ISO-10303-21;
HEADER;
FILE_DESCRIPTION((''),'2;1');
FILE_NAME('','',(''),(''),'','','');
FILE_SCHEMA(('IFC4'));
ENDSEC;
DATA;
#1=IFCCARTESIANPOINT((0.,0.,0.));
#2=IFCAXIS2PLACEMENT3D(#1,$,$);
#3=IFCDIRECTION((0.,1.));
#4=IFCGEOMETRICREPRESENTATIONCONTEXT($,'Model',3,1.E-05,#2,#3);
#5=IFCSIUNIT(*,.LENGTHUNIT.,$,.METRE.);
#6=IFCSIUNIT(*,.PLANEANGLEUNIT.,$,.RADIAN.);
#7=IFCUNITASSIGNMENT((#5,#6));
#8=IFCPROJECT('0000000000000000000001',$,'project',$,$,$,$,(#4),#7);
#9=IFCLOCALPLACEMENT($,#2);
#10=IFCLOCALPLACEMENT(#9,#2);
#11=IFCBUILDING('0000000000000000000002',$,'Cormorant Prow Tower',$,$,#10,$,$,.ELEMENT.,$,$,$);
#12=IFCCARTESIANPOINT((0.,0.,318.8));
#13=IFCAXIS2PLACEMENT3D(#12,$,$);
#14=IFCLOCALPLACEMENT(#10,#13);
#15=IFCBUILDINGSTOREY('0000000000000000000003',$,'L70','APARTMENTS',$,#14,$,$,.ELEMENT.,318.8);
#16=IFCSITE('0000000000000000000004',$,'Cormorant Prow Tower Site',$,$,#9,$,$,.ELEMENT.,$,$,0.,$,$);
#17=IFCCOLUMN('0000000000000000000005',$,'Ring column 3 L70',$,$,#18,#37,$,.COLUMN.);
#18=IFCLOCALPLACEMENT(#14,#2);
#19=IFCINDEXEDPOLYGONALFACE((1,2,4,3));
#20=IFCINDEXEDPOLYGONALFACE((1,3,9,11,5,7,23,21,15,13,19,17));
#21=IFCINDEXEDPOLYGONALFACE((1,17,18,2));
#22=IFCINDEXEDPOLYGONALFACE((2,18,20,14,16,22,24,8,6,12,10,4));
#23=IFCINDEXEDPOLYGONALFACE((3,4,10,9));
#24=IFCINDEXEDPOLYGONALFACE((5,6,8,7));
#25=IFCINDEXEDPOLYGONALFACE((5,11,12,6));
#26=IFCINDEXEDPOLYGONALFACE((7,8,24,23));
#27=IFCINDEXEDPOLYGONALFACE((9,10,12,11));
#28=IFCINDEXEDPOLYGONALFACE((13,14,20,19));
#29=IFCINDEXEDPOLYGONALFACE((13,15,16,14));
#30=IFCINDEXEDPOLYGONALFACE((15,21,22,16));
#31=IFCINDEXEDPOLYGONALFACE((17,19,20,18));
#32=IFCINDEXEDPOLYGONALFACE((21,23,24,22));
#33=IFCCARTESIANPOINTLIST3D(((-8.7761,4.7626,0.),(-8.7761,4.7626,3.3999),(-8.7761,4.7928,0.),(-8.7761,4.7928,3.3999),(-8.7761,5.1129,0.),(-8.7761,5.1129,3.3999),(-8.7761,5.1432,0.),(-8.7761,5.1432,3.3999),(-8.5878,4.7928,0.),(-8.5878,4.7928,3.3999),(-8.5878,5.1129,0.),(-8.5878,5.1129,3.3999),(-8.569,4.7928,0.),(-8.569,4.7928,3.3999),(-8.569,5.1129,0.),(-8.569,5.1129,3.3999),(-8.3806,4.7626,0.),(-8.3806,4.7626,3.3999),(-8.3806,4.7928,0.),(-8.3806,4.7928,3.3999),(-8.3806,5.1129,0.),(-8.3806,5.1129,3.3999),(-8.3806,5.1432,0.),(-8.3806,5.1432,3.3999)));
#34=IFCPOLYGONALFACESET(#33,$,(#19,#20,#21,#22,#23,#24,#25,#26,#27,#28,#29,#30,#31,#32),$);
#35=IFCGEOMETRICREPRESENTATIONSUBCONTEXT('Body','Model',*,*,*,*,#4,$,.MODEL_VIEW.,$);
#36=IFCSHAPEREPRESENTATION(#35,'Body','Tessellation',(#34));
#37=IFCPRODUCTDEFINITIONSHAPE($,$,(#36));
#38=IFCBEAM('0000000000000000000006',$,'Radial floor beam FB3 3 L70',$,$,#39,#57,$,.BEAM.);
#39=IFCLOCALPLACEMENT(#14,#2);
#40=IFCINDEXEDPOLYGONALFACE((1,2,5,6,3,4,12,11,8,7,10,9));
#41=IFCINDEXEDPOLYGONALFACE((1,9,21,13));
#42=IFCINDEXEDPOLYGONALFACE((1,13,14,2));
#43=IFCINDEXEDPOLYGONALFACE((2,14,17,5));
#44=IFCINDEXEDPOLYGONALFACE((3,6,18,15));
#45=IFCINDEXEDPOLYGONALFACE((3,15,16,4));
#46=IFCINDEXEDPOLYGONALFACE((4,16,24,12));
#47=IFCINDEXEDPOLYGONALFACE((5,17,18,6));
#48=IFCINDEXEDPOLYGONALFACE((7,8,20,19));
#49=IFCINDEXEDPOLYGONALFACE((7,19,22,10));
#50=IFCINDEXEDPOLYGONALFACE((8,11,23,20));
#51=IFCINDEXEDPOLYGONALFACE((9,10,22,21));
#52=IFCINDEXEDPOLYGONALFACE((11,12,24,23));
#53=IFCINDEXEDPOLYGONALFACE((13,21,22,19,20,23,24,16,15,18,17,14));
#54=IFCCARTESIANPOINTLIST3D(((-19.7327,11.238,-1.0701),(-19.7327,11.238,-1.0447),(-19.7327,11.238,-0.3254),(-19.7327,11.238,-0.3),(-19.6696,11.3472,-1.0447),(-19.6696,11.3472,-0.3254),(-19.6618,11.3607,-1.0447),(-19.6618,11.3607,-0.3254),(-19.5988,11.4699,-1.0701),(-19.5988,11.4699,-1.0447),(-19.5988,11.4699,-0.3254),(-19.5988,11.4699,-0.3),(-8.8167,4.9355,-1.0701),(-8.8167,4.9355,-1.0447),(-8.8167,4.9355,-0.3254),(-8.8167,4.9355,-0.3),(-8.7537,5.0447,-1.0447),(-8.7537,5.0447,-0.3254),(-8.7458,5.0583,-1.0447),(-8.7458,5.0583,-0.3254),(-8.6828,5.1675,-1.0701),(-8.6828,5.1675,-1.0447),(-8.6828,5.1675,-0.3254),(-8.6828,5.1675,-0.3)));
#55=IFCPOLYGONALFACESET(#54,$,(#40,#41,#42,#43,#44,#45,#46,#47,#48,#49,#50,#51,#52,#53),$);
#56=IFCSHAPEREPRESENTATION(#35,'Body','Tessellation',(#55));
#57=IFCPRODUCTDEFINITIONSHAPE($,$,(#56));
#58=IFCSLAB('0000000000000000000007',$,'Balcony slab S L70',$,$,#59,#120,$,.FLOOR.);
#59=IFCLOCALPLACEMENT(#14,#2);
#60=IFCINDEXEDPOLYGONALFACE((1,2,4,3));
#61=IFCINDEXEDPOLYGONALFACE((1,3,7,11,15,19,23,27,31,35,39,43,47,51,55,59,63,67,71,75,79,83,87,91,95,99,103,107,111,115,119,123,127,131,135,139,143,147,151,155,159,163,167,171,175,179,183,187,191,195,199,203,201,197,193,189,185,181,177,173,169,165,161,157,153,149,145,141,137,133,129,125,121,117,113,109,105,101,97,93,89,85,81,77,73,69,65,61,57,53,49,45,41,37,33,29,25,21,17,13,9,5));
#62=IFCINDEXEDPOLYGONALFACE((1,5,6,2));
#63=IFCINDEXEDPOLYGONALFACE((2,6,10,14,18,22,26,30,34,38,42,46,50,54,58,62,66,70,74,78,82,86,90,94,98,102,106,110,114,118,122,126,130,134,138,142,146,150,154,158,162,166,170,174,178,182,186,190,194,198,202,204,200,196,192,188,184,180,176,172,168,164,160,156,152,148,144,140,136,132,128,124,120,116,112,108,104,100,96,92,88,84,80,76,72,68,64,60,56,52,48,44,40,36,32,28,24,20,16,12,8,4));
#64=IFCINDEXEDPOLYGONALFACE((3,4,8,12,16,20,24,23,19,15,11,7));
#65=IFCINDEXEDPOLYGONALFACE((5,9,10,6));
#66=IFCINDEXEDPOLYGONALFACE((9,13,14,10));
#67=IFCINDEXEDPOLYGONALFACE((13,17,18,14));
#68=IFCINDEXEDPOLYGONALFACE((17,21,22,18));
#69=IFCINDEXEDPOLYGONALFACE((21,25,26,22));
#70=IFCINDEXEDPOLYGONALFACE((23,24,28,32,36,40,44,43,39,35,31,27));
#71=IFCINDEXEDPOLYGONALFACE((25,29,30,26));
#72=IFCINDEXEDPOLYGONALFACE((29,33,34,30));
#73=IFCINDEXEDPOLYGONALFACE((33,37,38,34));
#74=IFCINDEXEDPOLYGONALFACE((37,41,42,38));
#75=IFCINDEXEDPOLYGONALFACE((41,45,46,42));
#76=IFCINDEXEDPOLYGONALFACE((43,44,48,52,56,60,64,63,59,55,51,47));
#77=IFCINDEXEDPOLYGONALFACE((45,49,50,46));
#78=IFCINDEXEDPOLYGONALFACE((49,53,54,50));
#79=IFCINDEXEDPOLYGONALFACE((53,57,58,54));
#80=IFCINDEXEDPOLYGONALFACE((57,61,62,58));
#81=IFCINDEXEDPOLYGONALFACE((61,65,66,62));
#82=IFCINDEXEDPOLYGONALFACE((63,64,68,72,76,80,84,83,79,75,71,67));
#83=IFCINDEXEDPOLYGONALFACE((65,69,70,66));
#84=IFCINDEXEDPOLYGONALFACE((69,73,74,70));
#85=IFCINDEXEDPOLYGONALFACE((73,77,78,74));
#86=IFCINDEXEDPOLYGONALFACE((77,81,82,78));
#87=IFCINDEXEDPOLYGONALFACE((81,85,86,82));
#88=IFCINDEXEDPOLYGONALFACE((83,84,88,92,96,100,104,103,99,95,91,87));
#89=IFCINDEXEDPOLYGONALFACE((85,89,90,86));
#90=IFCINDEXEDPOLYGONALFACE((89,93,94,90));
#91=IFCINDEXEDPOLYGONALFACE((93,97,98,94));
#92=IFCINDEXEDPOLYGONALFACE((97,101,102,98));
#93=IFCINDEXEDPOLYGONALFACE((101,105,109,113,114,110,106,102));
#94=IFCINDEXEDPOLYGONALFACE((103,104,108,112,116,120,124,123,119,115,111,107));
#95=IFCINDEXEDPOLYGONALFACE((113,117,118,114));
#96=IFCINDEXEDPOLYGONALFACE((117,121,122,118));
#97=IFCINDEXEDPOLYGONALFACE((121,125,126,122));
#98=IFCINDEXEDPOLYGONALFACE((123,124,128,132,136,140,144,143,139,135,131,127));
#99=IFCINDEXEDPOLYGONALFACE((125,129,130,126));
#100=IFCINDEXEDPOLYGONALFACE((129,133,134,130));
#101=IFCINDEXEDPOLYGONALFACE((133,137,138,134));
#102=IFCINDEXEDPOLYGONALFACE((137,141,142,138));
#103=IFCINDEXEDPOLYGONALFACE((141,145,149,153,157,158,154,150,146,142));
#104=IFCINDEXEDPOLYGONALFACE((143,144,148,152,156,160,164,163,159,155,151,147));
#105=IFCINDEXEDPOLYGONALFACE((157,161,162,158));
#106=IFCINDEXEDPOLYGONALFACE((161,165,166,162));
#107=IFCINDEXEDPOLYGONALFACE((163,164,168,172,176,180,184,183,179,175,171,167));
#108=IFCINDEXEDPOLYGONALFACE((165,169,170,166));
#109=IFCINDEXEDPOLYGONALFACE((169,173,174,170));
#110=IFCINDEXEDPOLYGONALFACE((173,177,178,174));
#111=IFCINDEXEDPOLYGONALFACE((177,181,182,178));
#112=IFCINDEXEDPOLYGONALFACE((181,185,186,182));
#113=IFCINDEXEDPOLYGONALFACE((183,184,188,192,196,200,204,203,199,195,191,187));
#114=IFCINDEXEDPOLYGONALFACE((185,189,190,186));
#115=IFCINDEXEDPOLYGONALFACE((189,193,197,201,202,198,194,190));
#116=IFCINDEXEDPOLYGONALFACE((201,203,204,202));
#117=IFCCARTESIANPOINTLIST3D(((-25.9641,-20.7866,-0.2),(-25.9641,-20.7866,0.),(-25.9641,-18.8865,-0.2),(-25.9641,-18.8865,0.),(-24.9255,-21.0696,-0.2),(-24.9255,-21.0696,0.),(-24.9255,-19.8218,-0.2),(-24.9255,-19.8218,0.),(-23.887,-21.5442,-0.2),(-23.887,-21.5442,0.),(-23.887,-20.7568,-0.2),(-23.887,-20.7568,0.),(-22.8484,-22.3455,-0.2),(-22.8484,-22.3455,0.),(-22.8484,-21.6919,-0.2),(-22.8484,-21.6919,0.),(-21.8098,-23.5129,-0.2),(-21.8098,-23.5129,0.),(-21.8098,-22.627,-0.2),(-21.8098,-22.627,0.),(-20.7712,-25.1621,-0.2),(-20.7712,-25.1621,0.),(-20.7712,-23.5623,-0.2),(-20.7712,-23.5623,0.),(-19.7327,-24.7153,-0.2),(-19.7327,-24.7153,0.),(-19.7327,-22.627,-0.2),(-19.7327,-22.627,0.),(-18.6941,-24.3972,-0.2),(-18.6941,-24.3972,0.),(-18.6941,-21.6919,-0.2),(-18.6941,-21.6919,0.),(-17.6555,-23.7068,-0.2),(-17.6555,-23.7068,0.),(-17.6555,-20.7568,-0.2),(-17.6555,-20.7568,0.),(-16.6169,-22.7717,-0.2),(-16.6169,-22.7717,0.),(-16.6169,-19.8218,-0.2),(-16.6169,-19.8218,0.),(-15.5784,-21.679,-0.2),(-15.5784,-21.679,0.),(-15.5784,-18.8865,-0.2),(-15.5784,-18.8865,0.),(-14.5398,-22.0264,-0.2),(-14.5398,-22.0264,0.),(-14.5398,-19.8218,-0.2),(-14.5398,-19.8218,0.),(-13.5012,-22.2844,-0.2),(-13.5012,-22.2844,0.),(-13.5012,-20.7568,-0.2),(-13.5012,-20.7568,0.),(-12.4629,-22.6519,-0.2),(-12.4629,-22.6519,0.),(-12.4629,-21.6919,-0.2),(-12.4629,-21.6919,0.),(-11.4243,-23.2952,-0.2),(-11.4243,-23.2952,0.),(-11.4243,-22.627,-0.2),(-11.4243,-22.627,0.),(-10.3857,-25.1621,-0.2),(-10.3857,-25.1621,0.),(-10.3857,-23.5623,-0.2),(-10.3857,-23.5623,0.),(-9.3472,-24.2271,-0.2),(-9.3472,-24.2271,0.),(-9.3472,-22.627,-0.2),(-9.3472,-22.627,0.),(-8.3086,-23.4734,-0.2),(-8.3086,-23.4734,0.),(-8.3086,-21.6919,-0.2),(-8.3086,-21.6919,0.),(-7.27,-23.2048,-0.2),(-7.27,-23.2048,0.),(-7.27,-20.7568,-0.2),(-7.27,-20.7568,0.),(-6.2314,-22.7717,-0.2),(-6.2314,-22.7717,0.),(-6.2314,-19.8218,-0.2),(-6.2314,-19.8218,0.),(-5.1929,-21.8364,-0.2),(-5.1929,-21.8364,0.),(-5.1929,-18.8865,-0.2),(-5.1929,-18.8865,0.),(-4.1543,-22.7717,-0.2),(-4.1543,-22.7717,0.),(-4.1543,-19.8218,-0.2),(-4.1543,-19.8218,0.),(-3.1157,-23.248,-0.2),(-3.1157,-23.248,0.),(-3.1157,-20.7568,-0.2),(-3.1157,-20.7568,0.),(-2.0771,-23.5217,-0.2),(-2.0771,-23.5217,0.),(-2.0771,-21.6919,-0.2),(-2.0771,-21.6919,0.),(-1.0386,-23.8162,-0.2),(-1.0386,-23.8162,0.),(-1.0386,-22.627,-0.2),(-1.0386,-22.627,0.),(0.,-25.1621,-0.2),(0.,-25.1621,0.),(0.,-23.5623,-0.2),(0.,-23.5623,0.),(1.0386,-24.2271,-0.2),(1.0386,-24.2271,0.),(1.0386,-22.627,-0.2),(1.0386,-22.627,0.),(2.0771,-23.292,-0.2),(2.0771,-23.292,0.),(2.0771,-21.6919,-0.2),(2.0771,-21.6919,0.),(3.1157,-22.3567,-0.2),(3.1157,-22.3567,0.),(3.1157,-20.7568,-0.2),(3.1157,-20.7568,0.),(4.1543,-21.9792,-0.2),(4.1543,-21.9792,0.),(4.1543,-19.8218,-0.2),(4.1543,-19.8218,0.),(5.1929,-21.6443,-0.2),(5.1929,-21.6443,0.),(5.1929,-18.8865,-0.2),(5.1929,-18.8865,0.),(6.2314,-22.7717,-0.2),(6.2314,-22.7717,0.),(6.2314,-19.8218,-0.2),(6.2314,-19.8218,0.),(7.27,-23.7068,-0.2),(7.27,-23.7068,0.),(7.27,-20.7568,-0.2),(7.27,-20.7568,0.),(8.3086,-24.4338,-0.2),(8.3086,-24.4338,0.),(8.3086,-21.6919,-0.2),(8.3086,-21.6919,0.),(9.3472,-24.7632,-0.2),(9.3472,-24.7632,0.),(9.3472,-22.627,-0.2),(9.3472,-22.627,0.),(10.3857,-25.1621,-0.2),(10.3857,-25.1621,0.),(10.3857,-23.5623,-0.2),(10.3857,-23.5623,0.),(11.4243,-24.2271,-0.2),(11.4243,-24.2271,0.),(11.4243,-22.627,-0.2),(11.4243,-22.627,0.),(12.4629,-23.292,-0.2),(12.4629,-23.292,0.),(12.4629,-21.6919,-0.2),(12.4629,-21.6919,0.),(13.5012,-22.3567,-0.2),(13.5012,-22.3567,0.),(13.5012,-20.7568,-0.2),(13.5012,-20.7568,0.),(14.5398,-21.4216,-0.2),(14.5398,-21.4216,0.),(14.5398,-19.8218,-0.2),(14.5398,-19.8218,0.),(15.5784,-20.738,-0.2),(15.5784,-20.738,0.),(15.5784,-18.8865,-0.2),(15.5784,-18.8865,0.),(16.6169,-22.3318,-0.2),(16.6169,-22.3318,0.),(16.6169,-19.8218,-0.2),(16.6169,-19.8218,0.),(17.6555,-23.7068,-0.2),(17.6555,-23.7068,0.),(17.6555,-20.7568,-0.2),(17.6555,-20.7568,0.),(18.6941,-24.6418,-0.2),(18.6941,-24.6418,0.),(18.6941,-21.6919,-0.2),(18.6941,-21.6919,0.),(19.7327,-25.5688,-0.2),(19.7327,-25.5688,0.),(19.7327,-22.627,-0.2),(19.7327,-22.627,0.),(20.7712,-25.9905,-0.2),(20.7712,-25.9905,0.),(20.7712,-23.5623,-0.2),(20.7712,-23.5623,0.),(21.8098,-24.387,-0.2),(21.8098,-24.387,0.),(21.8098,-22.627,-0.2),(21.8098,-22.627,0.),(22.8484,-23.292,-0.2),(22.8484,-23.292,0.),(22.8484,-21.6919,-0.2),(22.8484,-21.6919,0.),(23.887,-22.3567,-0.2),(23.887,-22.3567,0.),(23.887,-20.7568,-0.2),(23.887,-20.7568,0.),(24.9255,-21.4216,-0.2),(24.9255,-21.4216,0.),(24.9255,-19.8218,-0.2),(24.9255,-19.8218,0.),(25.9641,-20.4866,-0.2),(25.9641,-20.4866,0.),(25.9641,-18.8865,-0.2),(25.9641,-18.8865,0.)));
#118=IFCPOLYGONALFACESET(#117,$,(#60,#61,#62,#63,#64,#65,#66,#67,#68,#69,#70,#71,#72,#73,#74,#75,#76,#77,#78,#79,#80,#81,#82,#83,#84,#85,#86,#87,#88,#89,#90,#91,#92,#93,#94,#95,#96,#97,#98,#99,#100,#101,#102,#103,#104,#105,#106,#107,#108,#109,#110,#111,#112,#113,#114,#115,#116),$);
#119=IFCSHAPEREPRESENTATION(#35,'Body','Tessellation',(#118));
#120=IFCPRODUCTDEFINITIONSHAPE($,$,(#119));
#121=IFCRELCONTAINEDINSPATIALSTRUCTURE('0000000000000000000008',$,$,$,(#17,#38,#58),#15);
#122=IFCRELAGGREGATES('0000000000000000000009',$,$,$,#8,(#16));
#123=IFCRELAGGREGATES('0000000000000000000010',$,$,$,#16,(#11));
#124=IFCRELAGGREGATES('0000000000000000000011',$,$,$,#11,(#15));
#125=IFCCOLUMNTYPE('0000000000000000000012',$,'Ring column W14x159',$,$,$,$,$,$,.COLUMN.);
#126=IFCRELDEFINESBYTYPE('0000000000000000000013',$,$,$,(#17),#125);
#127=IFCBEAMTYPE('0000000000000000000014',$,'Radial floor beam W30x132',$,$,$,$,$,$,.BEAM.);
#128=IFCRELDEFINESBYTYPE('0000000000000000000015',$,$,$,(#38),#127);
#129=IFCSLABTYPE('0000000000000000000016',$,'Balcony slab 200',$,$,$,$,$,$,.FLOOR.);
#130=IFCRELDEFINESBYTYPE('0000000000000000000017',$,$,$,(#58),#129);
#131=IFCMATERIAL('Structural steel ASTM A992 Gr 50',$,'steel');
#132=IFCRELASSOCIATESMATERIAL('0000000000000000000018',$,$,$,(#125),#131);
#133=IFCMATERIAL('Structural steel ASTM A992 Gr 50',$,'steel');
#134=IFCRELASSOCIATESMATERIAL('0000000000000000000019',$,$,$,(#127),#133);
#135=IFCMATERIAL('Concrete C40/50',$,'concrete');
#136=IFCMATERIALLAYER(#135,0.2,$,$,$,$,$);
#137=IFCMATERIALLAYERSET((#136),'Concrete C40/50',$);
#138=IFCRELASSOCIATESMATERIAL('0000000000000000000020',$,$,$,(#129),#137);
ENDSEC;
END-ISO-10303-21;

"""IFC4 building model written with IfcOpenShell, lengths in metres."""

from ifc_helpers import new_model, si_unit, direction, frame, origin, origin_2d, place, context, subcontext, project, spatial, polyline, i_section, outline, extrude, material, layer, layer_set, material_profile, profile_set, type_object, element, save


model = new_model("IFC4")

# Units and contexts
model_context = context("Model", 3, precision=1e-05, world=origin(), true_north=direction((0.0, 1.0)))
body_context = subcontext(model_context, "Body", "Model", "MODEL_VIEW")
ifc_project = project(units=[si_unit("LENGTHUNIT", "METRE"), si_unit("PLANEANGLEUNIT", "RADIAN")], contexts=[model_context])

# Site, building, storey
site_placement = place(None, origin())
site = spatial("IfcSite", under=ifc_project, at=site_placement, Name="Cormorant Prow Tower Site", CompositionType="ELEMENT", RefElevation=0.0)
building_placement = place(site_placement, origin())
building = spatial("IfcBuilding", under=site, at=building_placement, Name="Cormorant Prow Tower", CompositionType="ELEMENT")
storey_placement = place(building_placement, frame((0.0, 0.0, 318.8)))
storey = spatial("IfcBuildingStorey", under=building, at=storey_placement, Name="L70", Description="APARTMENTS", CompositionType="ELEMENT", Elevation=318.8)

# Column
ifc_material_1 = material(Name="Structural steel ASTM A992 Gr 50", Category="steel")
ifc_material_profile_1 = material_profile(ifc_material_1, i_section(OverallWidth=0.3955, OverallDepth=0.3806, WebThickness=0.0188, FlangeThickness=0.0303, at=origin_2d()), Name="W14x159")
ifc_profile_set_1 = profile_set([ifc_material_profile_1], Name="Structural steel ASTM A992 Gr 50")
column_type = type_object("IfcColumnType", Name="Ring column W14x159", PredefinedType="COLUMN", material=ifc_profile_set_1)
column_placement = place(storey_placement, frame((-8.5784, 4.9529, 0.0), z_axis=(0.0, 0.0, 1.0), x_axis=(1.0, 0.0, 0.0)))
element("IfcColumn", 1, at=column_placement, inside=storey, type_object=column_type, Name="Ring column 3 L70", PredefinedType="COLUMN", context=body_context, shape_type="SweptSolid", body=[
    extrude(i_section(OverallWidth=0.3955, OverallDepth=0.3806, WebThickness=0.0188, FlangeThickness=0.0303, at=origin_2d()), origin(), (0.0, 0.0, 1.0), 3.3999),
])

# Beam
ifc_material_2 = material(Name="Structural steel ASTM A992 Gr 50", Category="steel")
ifc_material_profile_2 = material_profile(ifc_material_2, i_section(OverallWidth=0.2678, OverallDepth=0.77, WebThickness=0.0156, FlangeThickness=0.0254, at=origin_2d()), Name="W30x132")
ifc_profile_set_2 = profile_set([ifc_material_profile_2], Name="Structural steel ASTM A992 Gr 50")
beam_type = type_object("IfcBeamType", Name="Radial floor beam W30x132", PredefinedType="BEAM", material=ifc_profile_set_2)
beam_placement = place(storey_placement, frame((-8.7498, 5.0515, -0.6851), z_axis=(-0.866021, 0.500007, 0.0), x_axis=(-0.500007, -0.866021, 0.0)))
element("IfcBeam", 2, at=beam_placement, inside=storey, type_object=beam_type, Name="Radial floor beam FB3 3 L70", PredefinedType="BEAM", context=body_context, shape_type="SweptSolid", body=[
    extrude(i_section(OverallWidth=0.2678, OverallDepth=0.77, WebThickness=0.0156, FlangeThickness=0.0254, at=origin_2d()), origin(), (0.0, 0.0, 1.0), 12.6047),
])

# Slab
ifc_material_3 = material(Name="Concrete C40/50", Category="concrete")
ifc_layer_1 = layer(ifc_material_3, 0.2)
ifc_layer_set_1 = layer_set([ifc_layer_1], Name="Concrete C40/50")
slab_type_1 = type_object("IfcSlabType", Name="Balcony slab 200", PredefinedType="FLOOR", material=ifc_layer_set_1)
slab_1_placement = place(storey_placement, frame((0.0, 0.0, -0.2)))
element("IfcSlab", 3, at=slab_1_placement, inside=storey, type_object=slab_type_1, Name="Balcony slab S L70", PredefinedType="FLOOR", context=body_context, shape_type="SweptSolid", body=[
    extrude(outline(polyline([(-25.9641, -18.8865), (-25.9641, -20.7866), (-24.9255, -21.0696), (-23.887, -21.5442), (-22.8484, -22.3455), (-21.8098, -23.5129), (-20.7712, -25.1621), (-19.7327, -24.7153), (-18.6941, -24.3972), (-17.6555, -23.7068), (-16.6169, -22.7717), (-15.5784, -21.679), (-14.5398, -22.0264), (-13.5012, -22.2844), (-12.4629, -22.6519), (-11.4243, -23.2952), (-10.3857, -25.1621), (-9.3472, -24.2271), (-8.3086, -23.4734), (-7.27, -23.2048), (-6.2314, -22.7717), (-5.1929, -21.8364), (-4.1543, -22.7717), (-3.1157, -23.248), (-2.0771, -23.5217), (-1.0386, -23.8162), (0.0, -25.1621), (1.0386, -24.2271), (2.0771, -23.292), (3.1157, -22.3567), (4.1543, -21.9792), (5.1929, -21.6443), (6.2314, -22.7717), (7.27, -23.7068), (8.3086, -24.4338), (9.3472, -24.7632), (10.3857, -25.1621), (11.4243, -24.2271), (12.4629, -23.292), (13.5012, -22.3567), (14.5398, -21.4216), (15.5784, -20.738), (16.6169, -22.3318), (17.6555, -23.7068), (18.6941, -24.6418), (19.7327, -25.5688), (20.7712, -25.9905), (21.8098, -24.387), (22.8484, -23.292), (23.887, -22.3567), (24.9255, -21.4216), (25.9641, -20.4866), (25.9641, -18.8865), (24.9255, -19.8218), (23.887, -20.7568), (22.8484, -21.6919), (21.8098, -22.627), (20.7712, -23.5623), (19.7327, -22.627), (18.6941, -21.6919), (17.6555, -20.7568), (16.6169, -19.8218), (15.5784, -18.8865), (14.5398, -19.8218), (13.5012, -20.7568), (12.4629, -21.6919), (11.4243, -22.627), (10.3857, -23.5623), (9.3472, -22.627), (8.3086, -21.6919), (7.27, -20.7568), (6.2314, -19.8218), (5.1929, -18.8865), (4.1543, -19.8218), (3.1157, -20.7568), (2.0771, -21.6919), (1.0386, -22.627), (0.0, -23.5623), (-1.0386, -22.627), (-2.0771, -21.6919), (-3.1157, -20.7568), (-4.1543, -19.8218), (-5.1929, -18.8865), (-6.2314, -19.8218), (-7.27, -20.7568), (-8.3086, -21.6919), (-9.3472, -22.627), (-10.3857, -23.5623), (-11.4243, -22.627), (-12.4629, -21.6919), (-13.5012, -20.7568), (-14.5398, -19.8218), (-15.5784, -18.8865), (-16.6169, -19.8218), (-17.6555, -20.7568), (-18.6941, -21.6919), (-19.7327, -22.627), (-20.7712, -23.5623), (-21.8098, -22.627), (-22.8484, -21.6919), (-23.887, -20.7568), (-24.9255, -19.8218), (-25.9641, -18.8865)])), origin(), (0.0, 0.0, 1.0), 0.2),
])

save(model, "model.ifc")
